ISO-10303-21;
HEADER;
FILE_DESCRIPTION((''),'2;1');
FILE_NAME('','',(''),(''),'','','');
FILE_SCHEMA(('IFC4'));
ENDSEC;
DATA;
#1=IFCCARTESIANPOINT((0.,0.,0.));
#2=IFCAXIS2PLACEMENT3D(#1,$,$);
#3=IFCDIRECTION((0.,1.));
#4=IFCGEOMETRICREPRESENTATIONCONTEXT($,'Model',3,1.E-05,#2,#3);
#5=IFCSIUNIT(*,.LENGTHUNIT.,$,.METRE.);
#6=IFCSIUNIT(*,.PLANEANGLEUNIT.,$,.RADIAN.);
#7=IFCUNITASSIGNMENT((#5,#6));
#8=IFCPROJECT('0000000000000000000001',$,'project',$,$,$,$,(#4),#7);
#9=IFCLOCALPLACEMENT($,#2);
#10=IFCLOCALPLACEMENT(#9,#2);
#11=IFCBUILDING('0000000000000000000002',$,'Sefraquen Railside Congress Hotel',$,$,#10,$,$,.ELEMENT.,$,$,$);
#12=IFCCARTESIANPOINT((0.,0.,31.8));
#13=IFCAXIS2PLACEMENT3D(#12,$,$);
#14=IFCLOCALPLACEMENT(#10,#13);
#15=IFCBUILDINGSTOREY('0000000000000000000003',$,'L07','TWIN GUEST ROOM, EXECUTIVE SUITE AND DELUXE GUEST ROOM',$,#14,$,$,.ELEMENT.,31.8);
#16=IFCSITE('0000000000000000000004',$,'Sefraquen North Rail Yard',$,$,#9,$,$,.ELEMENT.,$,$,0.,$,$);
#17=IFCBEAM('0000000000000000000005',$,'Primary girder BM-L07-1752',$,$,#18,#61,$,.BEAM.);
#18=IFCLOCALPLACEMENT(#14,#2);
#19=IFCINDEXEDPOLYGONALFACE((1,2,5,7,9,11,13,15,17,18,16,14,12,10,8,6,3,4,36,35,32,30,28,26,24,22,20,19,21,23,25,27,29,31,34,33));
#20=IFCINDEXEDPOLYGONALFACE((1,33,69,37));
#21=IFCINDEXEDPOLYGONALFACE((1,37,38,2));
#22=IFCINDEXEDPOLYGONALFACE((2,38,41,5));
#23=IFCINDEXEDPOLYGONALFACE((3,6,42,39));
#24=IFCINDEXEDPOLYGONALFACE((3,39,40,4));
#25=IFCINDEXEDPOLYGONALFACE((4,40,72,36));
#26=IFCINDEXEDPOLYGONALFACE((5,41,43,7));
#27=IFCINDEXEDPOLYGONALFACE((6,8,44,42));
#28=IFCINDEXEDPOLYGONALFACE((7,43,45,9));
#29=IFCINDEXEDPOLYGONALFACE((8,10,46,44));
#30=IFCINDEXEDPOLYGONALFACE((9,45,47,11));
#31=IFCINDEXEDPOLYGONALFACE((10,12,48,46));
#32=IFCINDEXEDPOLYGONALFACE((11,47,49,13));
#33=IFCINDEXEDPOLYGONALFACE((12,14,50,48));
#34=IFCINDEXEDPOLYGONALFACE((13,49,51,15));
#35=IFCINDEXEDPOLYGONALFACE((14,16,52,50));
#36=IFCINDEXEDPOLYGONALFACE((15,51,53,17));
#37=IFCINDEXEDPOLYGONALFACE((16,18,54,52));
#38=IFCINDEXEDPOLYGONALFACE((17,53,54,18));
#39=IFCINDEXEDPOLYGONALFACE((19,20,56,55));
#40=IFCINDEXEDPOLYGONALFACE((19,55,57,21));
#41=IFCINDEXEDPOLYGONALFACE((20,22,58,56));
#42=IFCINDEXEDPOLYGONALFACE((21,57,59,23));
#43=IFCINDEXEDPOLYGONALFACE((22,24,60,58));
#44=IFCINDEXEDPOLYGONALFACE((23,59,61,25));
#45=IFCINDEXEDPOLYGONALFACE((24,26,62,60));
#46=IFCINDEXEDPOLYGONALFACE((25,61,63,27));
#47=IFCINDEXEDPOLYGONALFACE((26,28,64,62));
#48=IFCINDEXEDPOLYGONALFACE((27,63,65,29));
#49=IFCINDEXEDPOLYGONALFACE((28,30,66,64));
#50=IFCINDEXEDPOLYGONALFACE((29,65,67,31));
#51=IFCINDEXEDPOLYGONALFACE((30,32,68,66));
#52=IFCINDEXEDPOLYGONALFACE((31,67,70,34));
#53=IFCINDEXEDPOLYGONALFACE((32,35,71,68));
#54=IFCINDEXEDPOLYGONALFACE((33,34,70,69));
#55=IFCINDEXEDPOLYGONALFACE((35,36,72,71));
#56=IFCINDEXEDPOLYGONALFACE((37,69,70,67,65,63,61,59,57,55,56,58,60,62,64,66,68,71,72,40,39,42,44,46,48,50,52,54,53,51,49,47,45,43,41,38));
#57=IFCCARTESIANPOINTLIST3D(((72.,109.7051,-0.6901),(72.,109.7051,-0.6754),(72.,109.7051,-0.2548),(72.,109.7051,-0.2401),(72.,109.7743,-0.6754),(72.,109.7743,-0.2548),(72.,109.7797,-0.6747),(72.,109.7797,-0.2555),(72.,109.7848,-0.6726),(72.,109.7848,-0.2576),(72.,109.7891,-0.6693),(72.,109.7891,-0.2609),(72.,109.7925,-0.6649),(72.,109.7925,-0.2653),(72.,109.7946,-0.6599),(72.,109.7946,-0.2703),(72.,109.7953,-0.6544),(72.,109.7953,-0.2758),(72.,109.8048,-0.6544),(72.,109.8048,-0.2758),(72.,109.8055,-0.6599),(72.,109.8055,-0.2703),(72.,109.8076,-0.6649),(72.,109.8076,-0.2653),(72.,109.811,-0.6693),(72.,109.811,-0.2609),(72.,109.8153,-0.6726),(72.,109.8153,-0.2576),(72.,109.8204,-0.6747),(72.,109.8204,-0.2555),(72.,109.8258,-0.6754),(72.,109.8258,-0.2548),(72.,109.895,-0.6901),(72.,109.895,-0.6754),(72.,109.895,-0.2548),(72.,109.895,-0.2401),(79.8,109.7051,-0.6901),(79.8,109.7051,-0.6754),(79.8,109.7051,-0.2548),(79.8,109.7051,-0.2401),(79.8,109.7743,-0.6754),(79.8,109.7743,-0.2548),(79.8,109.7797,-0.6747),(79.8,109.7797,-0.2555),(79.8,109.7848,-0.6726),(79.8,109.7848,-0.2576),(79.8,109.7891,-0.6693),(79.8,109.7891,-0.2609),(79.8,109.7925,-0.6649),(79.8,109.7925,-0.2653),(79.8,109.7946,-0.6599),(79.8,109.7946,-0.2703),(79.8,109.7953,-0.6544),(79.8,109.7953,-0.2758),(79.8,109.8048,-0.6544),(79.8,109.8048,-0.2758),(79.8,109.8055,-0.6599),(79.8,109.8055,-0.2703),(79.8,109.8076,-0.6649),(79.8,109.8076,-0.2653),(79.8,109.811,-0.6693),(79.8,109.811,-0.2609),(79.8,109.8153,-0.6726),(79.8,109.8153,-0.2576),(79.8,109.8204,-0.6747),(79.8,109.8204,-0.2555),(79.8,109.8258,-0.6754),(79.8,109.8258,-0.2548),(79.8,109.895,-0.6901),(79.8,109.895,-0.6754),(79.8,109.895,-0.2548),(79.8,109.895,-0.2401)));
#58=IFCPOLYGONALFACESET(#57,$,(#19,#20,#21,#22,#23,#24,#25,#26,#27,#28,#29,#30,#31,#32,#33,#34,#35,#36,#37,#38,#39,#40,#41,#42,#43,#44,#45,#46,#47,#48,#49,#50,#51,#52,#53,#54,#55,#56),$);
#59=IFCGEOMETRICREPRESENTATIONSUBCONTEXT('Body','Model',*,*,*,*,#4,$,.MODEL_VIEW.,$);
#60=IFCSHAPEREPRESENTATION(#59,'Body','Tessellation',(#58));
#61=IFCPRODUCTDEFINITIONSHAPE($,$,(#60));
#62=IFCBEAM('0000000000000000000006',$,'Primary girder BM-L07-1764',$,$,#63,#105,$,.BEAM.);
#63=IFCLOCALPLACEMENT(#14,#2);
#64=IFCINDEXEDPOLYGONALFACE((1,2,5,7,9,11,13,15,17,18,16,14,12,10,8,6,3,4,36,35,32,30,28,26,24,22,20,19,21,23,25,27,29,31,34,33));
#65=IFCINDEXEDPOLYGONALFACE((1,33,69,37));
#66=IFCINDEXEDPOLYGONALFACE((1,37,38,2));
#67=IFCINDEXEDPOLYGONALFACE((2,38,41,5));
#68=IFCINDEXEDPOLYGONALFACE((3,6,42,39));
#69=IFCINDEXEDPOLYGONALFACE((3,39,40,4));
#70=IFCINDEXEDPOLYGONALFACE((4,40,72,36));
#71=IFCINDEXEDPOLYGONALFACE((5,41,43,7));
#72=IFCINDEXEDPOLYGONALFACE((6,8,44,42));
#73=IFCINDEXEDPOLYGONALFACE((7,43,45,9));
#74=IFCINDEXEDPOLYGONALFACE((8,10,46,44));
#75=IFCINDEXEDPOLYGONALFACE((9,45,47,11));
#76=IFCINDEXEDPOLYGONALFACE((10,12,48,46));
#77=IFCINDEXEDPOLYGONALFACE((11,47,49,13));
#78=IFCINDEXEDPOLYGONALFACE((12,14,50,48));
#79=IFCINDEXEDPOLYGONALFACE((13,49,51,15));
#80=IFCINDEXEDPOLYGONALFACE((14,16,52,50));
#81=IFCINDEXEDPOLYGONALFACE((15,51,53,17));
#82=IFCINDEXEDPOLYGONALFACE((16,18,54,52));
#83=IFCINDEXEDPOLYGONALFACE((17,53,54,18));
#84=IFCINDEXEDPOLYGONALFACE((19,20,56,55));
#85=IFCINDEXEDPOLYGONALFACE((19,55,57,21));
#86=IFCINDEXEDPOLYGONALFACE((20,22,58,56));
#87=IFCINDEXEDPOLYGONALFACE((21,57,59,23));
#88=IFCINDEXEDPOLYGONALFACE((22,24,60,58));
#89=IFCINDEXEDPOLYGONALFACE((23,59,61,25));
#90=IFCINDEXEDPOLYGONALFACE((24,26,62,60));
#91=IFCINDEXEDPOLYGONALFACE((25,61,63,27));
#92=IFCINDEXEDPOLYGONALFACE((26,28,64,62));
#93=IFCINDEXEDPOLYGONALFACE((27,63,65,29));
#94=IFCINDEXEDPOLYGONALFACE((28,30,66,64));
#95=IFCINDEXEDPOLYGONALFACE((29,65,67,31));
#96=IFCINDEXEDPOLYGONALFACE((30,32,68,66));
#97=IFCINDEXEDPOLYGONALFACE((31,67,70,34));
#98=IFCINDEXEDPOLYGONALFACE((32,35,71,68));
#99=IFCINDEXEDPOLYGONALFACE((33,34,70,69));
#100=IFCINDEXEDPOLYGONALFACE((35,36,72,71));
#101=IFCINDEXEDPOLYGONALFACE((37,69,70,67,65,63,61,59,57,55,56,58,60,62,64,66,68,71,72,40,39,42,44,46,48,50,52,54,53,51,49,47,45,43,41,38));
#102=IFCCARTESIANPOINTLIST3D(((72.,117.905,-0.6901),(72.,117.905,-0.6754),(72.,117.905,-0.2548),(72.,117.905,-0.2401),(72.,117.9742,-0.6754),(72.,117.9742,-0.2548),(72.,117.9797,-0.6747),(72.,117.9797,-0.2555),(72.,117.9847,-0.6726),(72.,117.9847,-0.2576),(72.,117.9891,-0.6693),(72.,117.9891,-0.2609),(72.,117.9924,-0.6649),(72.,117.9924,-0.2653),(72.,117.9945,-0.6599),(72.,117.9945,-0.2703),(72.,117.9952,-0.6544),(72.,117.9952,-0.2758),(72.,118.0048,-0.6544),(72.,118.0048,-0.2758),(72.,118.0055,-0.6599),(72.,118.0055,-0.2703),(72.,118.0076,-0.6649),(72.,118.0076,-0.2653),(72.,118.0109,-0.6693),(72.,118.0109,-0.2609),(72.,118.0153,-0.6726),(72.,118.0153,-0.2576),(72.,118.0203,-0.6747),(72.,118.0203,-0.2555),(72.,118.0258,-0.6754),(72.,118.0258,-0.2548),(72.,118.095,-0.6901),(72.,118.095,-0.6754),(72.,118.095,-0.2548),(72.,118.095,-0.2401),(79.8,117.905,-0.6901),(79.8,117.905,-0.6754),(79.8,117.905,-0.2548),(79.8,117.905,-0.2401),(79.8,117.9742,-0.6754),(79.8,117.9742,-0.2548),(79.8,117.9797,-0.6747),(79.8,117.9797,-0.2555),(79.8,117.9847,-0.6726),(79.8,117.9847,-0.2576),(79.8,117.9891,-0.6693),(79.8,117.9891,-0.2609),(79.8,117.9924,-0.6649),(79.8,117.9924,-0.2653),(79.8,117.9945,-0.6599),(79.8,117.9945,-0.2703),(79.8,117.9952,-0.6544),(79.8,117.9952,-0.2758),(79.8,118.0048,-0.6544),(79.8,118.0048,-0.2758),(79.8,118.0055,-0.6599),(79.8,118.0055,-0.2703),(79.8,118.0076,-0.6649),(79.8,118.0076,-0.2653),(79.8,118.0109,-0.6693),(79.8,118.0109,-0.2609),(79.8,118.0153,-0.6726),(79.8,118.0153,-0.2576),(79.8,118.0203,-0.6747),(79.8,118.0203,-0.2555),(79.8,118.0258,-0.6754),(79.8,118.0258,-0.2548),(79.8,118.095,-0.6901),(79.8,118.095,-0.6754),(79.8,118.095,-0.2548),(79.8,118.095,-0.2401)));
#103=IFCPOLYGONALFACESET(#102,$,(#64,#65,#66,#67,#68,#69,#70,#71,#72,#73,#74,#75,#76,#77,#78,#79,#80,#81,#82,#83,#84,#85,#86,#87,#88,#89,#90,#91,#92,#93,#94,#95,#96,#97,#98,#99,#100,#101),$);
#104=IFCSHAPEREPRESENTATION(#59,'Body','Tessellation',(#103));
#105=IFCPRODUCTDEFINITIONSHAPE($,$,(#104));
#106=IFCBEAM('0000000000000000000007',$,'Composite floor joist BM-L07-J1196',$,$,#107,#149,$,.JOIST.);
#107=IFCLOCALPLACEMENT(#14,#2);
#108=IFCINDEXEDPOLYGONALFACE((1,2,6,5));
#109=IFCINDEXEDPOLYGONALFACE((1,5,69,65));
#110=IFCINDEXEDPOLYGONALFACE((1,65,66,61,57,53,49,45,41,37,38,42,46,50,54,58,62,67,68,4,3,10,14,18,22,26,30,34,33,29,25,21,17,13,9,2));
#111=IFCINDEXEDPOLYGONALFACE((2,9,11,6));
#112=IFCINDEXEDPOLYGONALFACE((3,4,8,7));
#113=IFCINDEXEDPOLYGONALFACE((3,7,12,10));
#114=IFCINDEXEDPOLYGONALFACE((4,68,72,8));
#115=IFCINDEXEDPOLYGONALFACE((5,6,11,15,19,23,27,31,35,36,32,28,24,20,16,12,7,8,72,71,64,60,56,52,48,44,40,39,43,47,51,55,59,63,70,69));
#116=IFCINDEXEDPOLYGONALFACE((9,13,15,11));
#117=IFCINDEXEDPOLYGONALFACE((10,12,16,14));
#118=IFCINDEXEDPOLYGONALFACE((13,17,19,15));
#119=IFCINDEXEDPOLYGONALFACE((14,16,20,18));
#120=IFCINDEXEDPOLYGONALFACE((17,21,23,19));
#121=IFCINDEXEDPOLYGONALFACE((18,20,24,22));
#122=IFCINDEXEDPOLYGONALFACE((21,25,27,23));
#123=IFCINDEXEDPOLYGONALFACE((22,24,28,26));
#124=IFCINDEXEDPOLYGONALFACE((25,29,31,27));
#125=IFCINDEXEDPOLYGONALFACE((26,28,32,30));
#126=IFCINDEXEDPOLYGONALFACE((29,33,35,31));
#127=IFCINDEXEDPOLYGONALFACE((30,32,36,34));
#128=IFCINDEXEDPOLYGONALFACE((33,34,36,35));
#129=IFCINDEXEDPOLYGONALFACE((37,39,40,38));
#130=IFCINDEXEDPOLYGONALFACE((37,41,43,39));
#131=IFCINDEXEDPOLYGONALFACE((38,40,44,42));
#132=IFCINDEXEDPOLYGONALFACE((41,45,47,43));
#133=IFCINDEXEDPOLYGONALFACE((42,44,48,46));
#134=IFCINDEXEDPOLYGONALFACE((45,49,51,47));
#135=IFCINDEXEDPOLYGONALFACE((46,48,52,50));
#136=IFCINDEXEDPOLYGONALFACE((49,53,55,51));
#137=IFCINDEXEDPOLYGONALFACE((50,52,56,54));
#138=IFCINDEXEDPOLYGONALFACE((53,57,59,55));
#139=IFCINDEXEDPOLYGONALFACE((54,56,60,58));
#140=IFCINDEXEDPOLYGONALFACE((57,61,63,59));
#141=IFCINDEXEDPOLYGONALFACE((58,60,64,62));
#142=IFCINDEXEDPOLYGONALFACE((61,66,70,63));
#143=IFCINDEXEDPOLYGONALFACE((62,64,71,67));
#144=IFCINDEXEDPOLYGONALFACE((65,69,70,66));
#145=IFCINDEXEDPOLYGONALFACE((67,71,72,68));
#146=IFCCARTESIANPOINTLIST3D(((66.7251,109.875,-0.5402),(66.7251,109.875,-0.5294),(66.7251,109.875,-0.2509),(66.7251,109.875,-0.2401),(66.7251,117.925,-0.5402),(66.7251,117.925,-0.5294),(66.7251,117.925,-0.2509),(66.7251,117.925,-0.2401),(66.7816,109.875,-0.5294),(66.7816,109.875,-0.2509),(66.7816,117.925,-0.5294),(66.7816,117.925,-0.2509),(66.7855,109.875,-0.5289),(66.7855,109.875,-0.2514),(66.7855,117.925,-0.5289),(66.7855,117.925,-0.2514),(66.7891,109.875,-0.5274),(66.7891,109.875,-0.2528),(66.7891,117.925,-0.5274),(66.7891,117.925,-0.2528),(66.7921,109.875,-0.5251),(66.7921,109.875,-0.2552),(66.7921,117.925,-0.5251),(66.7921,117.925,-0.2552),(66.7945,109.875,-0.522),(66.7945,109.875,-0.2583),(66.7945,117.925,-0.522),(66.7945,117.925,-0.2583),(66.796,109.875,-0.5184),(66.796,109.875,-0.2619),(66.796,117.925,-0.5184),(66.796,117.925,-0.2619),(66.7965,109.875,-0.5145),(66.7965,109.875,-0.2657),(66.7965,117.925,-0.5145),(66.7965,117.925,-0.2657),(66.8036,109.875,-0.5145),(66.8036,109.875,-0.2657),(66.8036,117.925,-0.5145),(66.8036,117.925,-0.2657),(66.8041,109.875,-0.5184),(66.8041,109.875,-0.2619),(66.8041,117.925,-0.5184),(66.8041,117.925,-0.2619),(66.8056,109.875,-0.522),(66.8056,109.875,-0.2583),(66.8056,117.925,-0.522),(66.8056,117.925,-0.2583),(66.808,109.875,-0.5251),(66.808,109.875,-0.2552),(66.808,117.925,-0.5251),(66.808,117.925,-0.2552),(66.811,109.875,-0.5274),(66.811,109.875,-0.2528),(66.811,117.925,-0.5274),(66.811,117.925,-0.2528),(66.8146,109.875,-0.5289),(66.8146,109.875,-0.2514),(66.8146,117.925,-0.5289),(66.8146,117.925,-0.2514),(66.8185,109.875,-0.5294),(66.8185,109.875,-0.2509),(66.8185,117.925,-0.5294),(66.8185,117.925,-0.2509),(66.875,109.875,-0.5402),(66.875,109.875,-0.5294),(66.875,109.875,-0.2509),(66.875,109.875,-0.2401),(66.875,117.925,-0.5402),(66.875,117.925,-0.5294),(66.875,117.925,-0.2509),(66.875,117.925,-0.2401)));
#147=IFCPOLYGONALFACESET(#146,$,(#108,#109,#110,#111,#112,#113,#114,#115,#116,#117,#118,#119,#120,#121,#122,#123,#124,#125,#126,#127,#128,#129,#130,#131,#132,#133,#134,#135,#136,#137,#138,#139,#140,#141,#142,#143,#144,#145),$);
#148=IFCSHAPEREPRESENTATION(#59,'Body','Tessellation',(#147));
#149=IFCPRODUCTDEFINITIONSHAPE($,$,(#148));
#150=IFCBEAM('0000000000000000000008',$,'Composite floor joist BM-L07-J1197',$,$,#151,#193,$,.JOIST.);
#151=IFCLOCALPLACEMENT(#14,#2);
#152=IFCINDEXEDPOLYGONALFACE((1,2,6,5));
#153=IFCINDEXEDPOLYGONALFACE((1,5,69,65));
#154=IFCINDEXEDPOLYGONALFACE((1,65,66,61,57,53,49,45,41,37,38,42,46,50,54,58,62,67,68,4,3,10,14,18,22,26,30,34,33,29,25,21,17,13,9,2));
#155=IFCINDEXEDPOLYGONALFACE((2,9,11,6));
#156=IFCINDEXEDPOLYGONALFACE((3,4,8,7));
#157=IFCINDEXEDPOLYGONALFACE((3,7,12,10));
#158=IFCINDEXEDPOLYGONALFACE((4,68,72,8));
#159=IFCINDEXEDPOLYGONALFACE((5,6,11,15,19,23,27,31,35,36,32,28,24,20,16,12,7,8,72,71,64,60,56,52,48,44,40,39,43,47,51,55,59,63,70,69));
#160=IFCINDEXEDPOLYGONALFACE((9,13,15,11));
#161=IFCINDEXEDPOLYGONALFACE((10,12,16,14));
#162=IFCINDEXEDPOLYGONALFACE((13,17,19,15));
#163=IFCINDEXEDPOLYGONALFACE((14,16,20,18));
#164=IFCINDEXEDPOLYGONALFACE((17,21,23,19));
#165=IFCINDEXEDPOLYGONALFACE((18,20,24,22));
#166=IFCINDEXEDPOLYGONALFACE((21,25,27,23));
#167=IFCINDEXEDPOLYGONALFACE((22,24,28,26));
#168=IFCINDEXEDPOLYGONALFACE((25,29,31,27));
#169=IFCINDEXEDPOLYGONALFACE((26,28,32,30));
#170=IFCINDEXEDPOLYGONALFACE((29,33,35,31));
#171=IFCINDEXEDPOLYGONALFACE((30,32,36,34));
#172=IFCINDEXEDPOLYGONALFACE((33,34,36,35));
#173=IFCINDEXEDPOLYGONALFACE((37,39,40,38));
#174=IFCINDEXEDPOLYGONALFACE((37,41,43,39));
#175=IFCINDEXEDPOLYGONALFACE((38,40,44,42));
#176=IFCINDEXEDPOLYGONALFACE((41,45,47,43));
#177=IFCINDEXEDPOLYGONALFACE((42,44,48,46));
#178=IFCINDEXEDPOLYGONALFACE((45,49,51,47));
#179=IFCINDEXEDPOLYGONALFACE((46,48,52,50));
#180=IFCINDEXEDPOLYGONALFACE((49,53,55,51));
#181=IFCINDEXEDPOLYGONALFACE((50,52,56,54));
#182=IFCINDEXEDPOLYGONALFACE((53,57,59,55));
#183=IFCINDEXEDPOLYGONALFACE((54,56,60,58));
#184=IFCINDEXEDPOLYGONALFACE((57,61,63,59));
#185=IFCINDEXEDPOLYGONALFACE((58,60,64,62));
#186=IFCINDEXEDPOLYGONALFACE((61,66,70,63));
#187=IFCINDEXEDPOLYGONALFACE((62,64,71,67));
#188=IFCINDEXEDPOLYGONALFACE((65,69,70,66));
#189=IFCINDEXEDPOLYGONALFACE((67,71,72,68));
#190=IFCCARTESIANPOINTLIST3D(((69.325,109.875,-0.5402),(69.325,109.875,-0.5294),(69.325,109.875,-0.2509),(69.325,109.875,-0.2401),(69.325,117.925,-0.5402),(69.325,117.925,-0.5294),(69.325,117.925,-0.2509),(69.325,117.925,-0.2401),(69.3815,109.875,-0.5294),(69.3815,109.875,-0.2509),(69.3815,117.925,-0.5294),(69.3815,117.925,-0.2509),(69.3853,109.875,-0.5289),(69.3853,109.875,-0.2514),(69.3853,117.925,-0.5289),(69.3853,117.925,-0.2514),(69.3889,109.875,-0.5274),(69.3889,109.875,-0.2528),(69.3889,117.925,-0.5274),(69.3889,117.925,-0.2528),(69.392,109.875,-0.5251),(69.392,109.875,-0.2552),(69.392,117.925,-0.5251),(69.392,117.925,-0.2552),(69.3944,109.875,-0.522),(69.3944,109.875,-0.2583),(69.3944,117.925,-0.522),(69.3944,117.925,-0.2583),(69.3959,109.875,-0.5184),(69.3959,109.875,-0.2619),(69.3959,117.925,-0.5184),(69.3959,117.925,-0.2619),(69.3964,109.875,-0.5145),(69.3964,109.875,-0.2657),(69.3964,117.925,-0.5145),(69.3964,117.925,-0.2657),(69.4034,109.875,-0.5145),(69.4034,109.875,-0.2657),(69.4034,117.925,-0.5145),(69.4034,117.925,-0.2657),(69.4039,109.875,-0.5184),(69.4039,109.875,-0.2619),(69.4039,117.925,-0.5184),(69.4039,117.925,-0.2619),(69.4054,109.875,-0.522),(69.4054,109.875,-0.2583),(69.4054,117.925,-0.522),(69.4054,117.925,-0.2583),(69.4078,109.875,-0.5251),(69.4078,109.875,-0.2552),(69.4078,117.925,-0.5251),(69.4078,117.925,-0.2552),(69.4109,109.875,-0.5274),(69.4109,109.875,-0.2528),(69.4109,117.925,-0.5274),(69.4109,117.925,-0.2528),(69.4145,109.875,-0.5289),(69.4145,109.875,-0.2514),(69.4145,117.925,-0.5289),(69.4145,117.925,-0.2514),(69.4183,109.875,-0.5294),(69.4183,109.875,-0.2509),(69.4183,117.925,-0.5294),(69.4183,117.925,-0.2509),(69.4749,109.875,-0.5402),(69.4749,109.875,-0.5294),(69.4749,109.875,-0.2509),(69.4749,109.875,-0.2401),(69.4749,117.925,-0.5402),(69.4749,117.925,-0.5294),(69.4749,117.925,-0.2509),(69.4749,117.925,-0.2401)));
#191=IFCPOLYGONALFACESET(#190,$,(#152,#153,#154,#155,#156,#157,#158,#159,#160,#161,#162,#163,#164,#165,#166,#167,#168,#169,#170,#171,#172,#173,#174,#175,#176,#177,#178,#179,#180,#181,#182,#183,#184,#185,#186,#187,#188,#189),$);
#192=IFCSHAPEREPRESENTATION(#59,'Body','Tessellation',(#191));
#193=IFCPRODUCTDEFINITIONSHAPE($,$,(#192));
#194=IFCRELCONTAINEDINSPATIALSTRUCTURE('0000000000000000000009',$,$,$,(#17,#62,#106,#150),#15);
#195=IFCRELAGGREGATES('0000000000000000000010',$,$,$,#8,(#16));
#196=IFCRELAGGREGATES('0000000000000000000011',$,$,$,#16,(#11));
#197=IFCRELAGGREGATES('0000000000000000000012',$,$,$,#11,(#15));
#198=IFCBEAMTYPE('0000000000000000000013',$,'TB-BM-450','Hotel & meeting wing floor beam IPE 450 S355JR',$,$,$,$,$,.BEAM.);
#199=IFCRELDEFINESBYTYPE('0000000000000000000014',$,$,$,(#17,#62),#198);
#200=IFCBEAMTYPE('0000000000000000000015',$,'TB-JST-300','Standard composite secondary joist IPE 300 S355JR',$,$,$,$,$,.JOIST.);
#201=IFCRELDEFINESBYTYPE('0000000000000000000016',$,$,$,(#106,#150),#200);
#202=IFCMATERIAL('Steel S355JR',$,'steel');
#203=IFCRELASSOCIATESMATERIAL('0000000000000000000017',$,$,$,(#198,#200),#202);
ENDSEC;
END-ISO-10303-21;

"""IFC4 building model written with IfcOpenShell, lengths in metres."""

from ifc_helpers import new_model, si_unit, direction, frame, origin, origin_2d, place, context, subcontext, project, spatial, i_section, extrude, material, material_profile, profile_set, type_object, element, save


model = new_model("IFC4")

# Units and contexts
model_context = context("Model", 3, precision=1e-05, world=origin(), true_north=direction((0.0, 1.0)))
body_context = subcontext(model_context, "Body", "Model", "MODEL_VIEW")
ifc_project = project(units=[si_unit("LENGTHUNIT", "METRE"), si_unit("PLANEANGLEUNIT", "RADIAN")], contexts=[model_context])

# Site, building, storey
site_placement = place(None, origin())
site = spatial("IfcSite", under=ifc_project, at=site_placement, Name="Sefraquen North Rail Yard", CompositionType="ELEMENT", RefElevation=0.0)
building_placement = place(site_placement, origin())
building = spatial("IfcBuilding", under=site, at=building_placement, Name="Sefraquen Railside Congress Hotel", CompositionType="ELEMENT")
storey_placement = place(building_placement, frame((0.0, 0.0, 31.8)))
storey = spatial("IfcBuildingStorey", under=building, at=storey_placement, Name="L07", Description="TWIN GUEST ROOM, EXECUTIVE SUITE AND DELUXE GUEST ROOM", CompositionType="ELEMENT", Elevation=31.8)

# Shared definitions
ifc_material_1 = material(Name="Steel S355JR", Category="steel")

# Beams
ifc_material_profile_1 = material_profile(ifc_material_1, i_section(OverallWidth=0.1899, OverallDepth=0.45, WebThickness=0.0095, FlangeThickness=0.0146, FilletRadius=0.021, at=origin_2d()), Name="IPE 450")
ifc_profile_set_1 = profile_set([ifc_material_profile_1], Name="Steel S355JR")
beam_type_1 = type_object("IfcBeamType", Name="TB-BM-450", Description="Hotel & meeting wing floor beam IPE 450 S355JR", PredefinedType="BEAM", material=ifc_profile_set_1)
for number, where, z_axis, x_axis, name in (
    (1, (72.0, 109.8, -0.4651), (1.0, 0.0, 0.0), (0.0, 1.0, 0.0), "Primary girder BM-L07-1752"),
    (2, (72.0, 118.0, -0.4651), (1.0, 0.0, 0.0), (0.0, 1.0, 0.0), "Primary girder BM-L07-1764"),
):
    element("IfcBeam", number, at=place(storey_placement, frame(where, z_axis=z_axis, x_axis=x_axis)), inside=storey, type_object=beam_type_1, Name=name, PredefinedType="BEAM", context=body_context, shape_type="SweptSolid", body=[
        extrude(i_section(OverallWidth=0.1899, OverallDepth=0.45, WebThickness=0.0095, FlangeThickness=0.0146, FilletRadius=0.021, at=origin_2d()), origin(), (0.0, 0.0, 1.0), 7.8),
    ])
ifc_material_profile_2 = material_profile(ifc_material_1, i_section(OverallWidth=0.1499, OverallDepth=0.3, WebThickness=0.0071, FlangeThickness=0.0107, FilletRadius=0.0149, at=origin_2d()), Name="IPE 300")
ifc_profile_set_2 = profile_set([ifc_material_profile_2], Name="Steel S355JR")
beam_type_2 = type_object("IfcBeamType", Name="TB-JST-300", Description="Standard composite secondary joist IPE 300 S355JR", PredefinedType="JOIST", material=ifc_profile_set_2)
for number, where, z_axis, x_axis, name in (
    (3, (66.8, 109.875, -0.3901), (0.0, 1.0, 0.0), (-1.0, 0.0, 0.0), "Composite floor joist BM-L07-J1196"),
    (4, (69.3999, 109.875, -0.3901), (0.0, 1.0, 0.0), (-1.0, 0.0, 0.0), "Composite floor joist BM-L07-J1197"),
):
    element("IfcBeam", number, at=place(storey_placement, frame(where, z_axis=z_axis, x_axis=x_axis)), inside=storey, type_object=beam_type_2, Name=name, PredefinedType="JOIST", context=body_context, shape_type="SweptSolid", body=[
        extrude(i_section(OverallWidth=0.1499, OverallDepth=0.3, WebThickness=0.0071, FlangeThickness=0.0107, FilletRadius=0.0149, at=origin_2d()), origin(), (0.0, 0.0, 1.0), 8.05),
    ])

save(model, "model.ifc")
